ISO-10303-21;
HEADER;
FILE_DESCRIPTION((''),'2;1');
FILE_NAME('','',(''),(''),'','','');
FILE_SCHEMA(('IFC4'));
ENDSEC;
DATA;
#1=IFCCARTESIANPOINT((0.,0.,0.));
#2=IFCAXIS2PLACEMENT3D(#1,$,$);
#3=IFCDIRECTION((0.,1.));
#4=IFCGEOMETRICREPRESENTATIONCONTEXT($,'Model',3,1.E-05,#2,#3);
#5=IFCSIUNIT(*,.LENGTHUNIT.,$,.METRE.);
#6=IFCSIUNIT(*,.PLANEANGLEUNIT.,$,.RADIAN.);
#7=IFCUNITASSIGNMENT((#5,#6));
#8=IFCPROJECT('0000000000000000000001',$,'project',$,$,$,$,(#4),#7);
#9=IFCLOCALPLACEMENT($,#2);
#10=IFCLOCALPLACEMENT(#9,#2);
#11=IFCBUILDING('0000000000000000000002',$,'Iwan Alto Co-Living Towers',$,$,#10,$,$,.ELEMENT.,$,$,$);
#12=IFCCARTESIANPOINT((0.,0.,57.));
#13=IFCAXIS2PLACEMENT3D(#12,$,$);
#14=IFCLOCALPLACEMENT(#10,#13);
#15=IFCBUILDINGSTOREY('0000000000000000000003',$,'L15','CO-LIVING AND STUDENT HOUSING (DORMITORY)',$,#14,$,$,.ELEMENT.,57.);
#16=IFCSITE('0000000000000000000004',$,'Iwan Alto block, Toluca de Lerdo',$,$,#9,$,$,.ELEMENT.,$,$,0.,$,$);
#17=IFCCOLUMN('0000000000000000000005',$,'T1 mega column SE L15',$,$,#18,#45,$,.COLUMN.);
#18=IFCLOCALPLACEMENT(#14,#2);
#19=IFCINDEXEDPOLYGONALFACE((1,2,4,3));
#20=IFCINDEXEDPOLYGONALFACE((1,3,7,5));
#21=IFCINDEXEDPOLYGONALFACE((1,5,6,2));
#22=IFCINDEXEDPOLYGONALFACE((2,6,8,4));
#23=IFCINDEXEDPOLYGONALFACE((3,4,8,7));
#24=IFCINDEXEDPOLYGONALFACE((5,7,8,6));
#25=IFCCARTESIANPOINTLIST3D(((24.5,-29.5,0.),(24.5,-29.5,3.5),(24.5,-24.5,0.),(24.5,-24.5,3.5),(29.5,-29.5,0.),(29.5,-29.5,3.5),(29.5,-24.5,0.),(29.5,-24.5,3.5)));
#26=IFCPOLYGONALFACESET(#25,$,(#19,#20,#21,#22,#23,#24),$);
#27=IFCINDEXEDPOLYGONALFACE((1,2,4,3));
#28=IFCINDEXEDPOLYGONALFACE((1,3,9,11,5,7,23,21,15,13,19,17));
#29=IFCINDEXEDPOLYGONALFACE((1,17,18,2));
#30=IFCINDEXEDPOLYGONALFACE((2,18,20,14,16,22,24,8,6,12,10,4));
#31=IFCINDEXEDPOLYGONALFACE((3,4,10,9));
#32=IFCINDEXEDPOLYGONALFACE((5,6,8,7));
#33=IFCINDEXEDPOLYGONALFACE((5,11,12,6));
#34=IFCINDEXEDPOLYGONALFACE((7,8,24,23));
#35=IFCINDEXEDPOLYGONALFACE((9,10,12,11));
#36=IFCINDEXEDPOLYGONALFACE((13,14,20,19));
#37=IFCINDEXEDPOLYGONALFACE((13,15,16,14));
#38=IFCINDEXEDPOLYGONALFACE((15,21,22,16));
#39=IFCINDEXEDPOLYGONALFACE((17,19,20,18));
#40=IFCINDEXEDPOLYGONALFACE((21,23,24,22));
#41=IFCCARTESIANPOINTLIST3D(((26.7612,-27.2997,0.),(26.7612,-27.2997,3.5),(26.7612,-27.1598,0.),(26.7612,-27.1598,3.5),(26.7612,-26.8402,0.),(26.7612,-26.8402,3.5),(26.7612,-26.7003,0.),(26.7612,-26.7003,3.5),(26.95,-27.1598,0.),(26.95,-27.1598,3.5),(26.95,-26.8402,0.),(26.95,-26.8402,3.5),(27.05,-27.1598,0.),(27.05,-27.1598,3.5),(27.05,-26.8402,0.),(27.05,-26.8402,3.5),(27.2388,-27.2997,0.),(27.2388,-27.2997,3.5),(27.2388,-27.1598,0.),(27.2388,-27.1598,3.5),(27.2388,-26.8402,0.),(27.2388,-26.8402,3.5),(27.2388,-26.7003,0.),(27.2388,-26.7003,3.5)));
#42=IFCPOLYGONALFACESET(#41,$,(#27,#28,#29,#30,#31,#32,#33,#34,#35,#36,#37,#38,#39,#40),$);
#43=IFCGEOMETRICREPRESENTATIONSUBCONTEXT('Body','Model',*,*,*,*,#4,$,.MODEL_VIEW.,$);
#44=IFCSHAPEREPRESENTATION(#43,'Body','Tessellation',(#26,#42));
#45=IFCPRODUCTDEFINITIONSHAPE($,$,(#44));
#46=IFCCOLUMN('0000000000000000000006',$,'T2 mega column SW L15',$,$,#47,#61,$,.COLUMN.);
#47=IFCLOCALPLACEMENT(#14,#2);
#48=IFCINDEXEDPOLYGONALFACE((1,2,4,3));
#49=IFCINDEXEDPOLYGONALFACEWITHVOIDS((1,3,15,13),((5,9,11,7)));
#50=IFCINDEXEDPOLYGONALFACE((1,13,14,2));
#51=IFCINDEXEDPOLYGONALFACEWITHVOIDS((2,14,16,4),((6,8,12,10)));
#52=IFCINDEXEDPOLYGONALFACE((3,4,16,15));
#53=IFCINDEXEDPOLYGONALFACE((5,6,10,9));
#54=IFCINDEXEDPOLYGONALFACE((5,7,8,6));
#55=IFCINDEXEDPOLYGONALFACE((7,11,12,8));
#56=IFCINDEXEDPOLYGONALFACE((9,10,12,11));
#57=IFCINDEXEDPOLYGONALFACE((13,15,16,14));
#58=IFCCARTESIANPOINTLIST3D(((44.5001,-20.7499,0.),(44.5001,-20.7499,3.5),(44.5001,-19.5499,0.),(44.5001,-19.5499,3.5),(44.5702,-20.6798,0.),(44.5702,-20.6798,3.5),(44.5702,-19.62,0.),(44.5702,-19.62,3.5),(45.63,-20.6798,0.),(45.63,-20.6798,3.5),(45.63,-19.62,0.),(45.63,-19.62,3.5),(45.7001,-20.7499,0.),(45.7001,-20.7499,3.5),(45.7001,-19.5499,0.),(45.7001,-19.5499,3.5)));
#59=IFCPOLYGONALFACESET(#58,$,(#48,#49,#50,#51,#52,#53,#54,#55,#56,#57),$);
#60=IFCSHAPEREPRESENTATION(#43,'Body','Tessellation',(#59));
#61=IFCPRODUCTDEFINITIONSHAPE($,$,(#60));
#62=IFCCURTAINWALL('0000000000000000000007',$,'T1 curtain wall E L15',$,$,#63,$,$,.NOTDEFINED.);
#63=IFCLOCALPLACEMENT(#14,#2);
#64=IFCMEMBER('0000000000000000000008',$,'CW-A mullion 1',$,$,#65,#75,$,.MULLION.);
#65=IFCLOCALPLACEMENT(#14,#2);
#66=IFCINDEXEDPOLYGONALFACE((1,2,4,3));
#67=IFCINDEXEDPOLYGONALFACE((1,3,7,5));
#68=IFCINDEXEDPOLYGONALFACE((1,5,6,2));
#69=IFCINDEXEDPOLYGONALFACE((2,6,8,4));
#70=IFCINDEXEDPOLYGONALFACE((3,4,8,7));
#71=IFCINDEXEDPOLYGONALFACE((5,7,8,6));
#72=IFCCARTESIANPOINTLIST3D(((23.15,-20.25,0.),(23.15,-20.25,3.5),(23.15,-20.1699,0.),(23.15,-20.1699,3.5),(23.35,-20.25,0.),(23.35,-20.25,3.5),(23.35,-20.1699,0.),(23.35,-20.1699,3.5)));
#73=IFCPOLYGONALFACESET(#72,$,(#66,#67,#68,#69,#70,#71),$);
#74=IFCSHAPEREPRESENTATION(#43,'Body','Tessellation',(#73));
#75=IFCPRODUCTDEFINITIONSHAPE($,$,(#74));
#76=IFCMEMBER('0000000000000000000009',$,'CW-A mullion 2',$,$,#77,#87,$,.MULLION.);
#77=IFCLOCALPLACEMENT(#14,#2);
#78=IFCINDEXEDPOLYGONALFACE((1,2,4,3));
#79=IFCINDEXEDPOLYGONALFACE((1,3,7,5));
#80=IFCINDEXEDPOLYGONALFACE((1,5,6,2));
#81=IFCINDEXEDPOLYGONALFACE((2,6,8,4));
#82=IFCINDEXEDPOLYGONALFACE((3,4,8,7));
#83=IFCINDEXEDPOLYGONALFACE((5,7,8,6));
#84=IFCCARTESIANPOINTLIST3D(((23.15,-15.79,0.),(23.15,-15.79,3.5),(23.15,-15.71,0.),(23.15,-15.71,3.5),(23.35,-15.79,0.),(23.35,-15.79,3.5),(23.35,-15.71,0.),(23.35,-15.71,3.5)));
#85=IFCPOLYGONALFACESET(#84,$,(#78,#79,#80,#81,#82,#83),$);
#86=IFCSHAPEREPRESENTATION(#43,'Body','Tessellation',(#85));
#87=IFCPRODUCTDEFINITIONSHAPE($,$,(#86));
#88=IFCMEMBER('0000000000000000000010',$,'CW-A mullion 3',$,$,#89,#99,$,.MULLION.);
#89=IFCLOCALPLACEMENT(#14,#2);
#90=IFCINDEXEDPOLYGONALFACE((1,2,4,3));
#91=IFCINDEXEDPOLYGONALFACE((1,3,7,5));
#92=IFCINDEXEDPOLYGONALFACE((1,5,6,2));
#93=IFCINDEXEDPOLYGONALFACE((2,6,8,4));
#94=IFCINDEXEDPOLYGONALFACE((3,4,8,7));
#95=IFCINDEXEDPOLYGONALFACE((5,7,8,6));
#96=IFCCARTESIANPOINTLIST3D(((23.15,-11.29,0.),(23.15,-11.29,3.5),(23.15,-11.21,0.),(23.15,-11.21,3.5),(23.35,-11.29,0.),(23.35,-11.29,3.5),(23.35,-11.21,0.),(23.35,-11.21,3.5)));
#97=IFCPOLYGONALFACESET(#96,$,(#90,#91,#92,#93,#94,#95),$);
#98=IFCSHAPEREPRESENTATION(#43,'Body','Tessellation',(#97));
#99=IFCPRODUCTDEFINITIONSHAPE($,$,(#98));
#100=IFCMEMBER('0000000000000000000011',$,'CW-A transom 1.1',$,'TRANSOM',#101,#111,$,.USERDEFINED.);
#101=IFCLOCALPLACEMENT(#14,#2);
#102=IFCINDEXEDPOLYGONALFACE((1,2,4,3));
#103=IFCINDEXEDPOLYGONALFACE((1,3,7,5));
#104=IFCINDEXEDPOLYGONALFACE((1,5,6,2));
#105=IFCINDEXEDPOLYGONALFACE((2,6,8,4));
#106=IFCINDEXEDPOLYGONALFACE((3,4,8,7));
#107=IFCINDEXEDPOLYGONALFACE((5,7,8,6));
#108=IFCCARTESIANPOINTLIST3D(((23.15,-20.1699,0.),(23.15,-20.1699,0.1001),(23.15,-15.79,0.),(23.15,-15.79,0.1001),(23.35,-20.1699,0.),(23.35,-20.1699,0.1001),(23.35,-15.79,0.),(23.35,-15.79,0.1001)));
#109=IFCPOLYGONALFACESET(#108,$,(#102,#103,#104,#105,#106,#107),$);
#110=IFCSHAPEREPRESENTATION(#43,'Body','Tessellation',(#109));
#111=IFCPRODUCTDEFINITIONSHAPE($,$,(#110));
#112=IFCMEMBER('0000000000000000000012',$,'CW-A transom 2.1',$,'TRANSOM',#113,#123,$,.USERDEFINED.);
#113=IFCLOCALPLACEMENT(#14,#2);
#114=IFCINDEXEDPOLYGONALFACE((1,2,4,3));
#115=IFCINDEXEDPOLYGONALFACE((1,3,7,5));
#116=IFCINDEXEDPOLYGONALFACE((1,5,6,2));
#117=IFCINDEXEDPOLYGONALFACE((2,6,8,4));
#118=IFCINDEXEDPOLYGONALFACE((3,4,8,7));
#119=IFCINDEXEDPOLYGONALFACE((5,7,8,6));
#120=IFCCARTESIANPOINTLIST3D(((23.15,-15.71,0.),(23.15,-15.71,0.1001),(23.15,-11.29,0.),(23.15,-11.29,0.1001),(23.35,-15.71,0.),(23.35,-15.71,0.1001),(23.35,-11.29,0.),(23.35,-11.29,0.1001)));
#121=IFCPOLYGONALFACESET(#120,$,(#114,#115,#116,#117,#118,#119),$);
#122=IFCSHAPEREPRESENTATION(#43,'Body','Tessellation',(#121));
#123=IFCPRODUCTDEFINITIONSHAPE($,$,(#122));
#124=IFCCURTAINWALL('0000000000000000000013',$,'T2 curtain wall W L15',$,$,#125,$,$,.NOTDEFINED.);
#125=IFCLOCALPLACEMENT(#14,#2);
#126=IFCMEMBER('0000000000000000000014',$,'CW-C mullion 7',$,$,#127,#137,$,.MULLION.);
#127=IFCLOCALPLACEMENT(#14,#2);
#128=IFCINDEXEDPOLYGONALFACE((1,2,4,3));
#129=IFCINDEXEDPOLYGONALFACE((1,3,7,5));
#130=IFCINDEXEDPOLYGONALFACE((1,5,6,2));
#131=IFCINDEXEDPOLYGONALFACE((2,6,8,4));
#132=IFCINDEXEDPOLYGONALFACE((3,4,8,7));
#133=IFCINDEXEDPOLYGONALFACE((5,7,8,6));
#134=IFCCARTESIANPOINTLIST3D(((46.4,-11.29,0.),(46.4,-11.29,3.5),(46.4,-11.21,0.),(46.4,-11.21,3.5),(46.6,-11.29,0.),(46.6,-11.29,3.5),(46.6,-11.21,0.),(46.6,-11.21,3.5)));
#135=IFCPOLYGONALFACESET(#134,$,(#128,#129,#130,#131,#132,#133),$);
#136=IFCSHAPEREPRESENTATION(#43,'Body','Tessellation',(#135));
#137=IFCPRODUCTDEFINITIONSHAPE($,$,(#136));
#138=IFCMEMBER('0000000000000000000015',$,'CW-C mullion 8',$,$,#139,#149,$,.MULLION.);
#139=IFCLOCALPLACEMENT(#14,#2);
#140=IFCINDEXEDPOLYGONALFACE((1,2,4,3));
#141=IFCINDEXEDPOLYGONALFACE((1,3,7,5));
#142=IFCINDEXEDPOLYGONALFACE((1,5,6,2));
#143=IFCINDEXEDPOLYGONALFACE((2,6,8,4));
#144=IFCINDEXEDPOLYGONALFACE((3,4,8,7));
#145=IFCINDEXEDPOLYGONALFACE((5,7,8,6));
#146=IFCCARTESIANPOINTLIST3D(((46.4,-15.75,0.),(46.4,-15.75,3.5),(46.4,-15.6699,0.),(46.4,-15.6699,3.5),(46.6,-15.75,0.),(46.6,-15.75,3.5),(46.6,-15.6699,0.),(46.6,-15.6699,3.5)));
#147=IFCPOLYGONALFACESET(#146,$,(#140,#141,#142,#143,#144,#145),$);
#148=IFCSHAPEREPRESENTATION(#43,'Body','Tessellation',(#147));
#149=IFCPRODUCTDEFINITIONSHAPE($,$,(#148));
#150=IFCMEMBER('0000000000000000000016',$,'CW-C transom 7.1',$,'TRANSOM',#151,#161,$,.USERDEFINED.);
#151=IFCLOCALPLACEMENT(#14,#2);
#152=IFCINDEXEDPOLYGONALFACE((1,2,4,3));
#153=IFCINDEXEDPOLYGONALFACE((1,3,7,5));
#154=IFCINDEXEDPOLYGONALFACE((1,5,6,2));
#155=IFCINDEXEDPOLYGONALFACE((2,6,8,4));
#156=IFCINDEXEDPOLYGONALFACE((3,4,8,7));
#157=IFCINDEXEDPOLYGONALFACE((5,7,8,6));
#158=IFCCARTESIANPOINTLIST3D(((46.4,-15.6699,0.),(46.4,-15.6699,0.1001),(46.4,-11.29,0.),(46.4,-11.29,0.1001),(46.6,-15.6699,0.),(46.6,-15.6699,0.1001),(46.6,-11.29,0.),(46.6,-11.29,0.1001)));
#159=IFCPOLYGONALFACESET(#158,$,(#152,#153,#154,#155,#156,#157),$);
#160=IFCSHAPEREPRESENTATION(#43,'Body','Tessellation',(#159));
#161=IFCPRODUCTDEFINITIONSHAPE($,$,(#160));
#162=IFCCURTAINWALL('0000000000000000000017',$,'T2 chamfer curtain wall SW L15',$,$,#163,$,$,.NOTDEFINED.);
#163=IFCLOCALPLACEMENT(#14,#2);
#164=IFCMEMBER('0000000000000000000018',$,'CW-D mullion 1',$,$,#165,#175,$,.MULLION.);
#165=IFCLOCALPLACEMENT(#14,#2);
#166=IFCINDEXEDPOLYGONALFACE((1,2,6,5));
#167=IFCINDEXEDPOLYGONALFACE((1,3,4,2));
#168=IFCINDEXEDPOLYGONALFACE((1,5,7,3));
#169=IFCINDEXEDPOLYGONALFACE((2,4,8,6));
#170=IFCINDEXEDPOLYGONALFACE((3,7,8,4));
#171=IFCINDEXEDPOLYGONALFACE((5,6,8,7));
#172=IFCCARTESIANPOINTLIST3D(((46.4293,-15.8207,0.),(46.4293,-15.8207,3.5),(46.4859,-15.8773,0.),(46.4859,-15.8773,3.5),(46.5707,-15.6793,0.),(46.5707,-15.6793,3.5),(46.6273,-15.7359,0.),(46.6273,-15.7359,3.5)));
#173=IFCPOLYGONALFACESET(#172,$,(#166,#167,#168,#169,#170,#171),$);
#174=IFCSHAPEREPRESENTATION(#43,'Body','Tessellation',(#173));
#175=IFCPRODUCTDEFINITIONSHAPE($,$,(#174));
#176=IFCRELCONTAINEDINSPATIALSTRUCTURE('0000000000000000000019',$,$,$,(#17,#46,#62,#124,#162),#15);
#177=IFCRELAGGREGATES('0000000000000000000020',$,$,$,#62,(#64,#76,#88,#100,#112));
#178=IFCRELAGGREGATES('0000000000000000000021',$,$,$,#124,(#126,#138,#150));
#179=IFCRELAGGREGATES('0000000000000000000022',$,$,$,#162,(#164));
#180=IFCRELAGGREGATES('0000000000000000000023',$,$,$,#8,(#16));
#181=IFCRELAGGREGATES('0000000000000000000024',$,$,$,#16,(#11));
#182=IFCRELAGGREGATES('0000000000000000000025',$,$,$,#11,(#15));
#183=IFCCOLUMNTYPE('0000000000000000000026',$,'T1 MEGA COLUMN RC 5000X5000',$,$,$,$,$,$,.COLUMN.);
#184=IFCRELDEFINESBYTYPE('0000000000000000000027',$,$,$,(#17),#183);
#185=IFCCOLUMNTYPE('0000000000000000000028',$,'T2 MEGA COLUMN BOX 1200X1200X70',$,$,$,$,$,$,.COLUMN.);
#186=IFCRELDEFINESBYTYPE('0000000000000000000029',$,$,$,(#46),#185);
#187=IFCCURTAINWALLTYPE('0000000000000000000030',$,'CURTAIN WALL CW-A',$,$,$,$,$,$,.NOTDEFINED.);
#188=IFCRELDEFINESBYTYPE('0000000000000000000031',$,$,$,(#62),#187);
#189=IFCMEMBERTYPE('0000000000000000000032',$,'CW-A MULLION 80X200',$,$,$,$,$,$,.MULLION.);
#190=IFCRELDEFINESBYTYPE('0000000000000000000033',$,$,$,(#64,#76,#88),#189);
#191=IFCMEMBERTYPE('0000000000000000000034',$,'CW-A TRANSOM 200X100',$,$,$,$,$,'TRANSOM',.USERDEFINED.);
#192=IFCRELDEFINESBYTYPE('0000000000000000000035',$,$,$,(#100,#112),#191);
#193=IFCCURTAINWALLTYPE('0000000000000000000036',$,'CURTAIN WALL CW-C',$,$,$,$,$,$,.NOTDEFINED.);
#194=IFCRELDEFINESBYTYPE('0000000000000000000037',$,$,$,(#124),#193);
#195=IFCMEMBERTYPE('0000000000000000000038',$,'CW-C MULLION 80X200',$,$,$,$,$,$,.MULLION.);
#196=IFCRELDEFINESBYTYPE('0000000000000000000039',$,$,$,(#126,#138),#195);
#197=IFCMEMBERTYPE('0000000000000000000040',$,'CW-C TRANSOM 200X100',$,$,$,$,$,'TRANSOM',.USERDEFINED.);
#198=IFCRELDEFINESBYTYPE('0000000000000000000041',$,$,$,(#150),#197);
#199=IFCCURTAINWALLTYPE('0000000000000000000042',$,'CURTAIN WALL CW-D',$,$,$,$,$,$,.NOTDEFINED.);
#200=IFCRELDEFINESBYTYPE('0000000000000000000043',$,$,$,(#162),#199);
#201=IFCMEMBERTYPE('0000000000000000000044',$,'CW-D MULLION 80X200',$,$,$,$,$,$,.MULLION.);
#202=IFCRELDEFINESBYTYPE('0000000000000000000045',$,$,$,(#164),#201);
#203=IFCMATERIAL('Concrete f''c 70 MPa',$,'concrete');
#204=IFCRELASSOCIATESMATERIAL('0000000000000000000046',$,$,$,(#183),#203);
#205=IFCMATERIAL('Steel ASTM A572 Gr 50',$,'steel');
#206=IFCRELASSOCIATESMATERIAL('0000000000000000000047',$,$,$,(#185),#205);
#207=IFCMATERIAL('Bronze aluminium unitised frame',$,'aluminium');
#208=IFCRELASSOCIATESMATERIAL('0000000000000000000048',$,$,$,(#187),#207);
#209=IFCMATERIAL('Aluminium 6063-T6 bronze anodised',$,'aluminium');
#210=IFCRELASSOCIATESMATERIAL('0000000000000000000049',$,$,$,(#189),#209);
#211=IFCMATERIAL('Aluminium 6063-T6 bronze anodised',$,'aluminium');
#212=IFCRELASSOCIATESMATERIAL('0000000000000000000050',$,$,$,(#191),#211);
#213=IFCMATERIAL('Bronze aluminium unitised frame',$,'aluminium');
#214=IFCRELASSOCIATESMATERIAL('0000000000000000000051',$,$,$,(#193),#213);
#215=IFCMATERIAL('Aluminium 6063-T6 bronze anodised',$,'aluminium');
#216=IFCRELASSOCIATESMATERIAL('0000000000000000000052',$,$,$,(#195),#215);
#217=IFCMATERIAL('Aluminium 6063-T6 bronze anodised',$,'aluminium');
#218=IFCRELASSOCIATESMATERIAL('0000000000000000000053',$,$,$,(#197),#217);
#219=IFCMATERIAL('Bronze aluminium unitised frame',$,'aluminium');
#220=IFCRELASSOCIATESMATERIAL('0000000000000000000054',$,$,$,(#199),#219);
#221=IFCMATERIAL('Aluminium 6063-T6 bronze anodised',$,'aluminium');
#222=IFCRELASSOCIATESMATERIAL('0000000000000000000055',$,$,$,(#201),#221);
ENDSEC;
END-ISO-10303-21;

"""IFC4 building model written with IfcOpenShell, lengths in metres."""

from ifc_helpers import new_model, si_unit, direction, frame, origin, origin_2d, place, context, subcontext, project, spatial, rectangle, hollow_rectangle, i_section, extrude, material, material_profile, profile_set, type_object, element, aggregate, save


model = new_model("IFC4")

# Units and contexts
model_context = context("Model", 3, precision=1e-05, world=origin(), true_north=direction((0.0, 1.0)))
body_context = subcontext(model_context, "Body", "Model", "MODEL_VIEW")
ifc_project = project(units=[si_unit("LENGTHUNIT", "METRE"), si_unit("PLANEANGLEUNIT", "RADIAN")], contexts=[model_context])

# Site, building, storey
site_placement = place(None, origin())
site = spatial("IfcSite", under=ifc_project, at=site_placement, Name="Iwan Alto block, Toluca de Lerdo", CompositionType="ELEMENT", RefElevation=0.0)
building_placement = place(site_placement, origin())
building = spatial("IfcBuilding", under=site, at=building_placement, Name="Iwan Alto Co-Living Towers", CompositionType="ELEMENT")
storey_placement = place(building_placement, frame((0.0, 0.0, 57.0)))
storey = spatial("IfcBuildingStorey", under=building, at=storey_placement, Name="L15", Description="CO-LIVING AND STUDENT HOUSING (DORMITORY)", CompositionType="ELEMENT", Elevation=57.0)

# Columns
ifc_material_1 = material(Name="Concrete f'c 70 MPa", Category="concrete")
ifc_material_profile_1 = material_profile(ifc_material_1, rectangle(XDim=5.0, YDim=5.0, at=origin_2d()), Name="RC 5000X5000")
ifc_profile_set_1 = profile_set([ifc_material_profile_1], Name="Concrete f'c 70 MPa")
column_type_1 = type_object("IfcColumnType", Name="T1 MEGA COLUMN RC 5000X5000", PredefinedType="COLUMN", material=ifc_profile_set_1)
column_1_placement = place(storey_placement, frame((27.0, -27.0, 0.0), z_axis=(0.0, 0.0, 1.0), x_axis=(1.0, 0.0, 0.0)))
element("IfcColumn", 1, at=column_1_placement, inside=storey, type_object=column_type_1, Name="T1 mega column SE L15", PredefinedType="COLUMN", context=body_context, shape_type="SweptSolid", body=[
    extrude(rectangle(XDim=5.0, YDim=5.0, at=origin_2d()), origin(), (0.0, 0.0, 1.0), 3.5),
    extrude(i_section(OverallWidth=0.4775, OverallDepth=0.5994, WebThickness=0.1001, FlangeThickness=0.1399, at=origin_2d()), origin(), (0.0, 0.0, 1.0), 3.5),
])
ifc_material_2 = material(Name="Steel ASTM A572 Gr 50", Category="steel")
ifc_material_profile_2 = material_profile(ifc_material_2, hollow_rectangle(XDim=1.2, YDim=1.2, WallThickness=0.0701, at=origin_2d()), Name="BOX 1200X1200X70")
ifc_profile_set_2 = profile_set([ifc_material_profile_2], Name="Steel ASTM A572 Gr 50")
column_type_2 = type_object("IfcColumnType", Name="T2 MEGA COLUMN BOX 1200X1200X70", PredefinedType="COLUMN", material=ifc_profile_set_2)
column_2_placement = place(storey_placement, frame((45.1001, -20.1499, 0.0), z_axis=(0.0, 0.0, 1.0), x_axis=(1.0, 0.0, 0.0)))
element("IfcColumn", 2, at=column_2_placement, inside=storey, type_object=column_type_2, Name="T2 mega column SW L15", PredefinedType="COLUMN", context=body_context, shape_type="SweptSolid", body=[
    extrude(hollow_rectangle(XDim=1.2, YDim=1.2, WallThickness=0.0701, at=origin_2d()), origin(), (0.0, 0.0, 1.0), 3.5),
])

# Curtain walls, members
ifc_material_3 = material(Name="Bronze aluminium unitised frame", Category="aluminium")
curtain_wall_type_1 = type_object("IfcCurtainWallType", Name="CURTAIN WALL CW-A", PredefinedType="NOTDEFINED", material=ifc_material_3)
curtain_wall_1_placement = place(storey_placement, origin())
curtain_wall_1 = element("IfcCurtainWall", 3, at=curtain_wall_1_placement, inside=storey, type_object=curtain_wall_type_1, Name="T1 curtain wall E L15", PredefinedType="NOTDEFINED")
ifc_material_4 = material(Name="Aluminium 6063-T6 bronze anodised", Category="aluminium")
ifc_material_profile_3 = material_profile(ifc_material_4, rectangle(XDim=0.2, YDim=0.0801, at=origin_2d()), Name="AL 80X200")
ifc_profile_set_3 = profile_set([ifc_material_profile_3], Name="Aluminium 6063-T6 bronze anodised")
member_type_1 = type_object("IfcMemberType", Name="CW-A MULLION 80X200", PredefinedType="MULLION", material=ifc_profile_set_3)
member_1_placement = place(storey_placement, frame((23.25, -20.21, 0.0), z_axis=(0.0, 0.0, 1.0), x_axis=(-1.0, 0.0, 0.0)))
member_1 = element("IfcMember", 4, at=member_1_placement, type_object=member_type_1, Name="CW-A mullion 1", PredefinedType="MULLION", context=body_context, shape_type="SweptSolid", body=[
    extrude(rectangle(XDim=0.2, YDim=0.0801, at=origin_2d()), origin(), (0.0, 0.0, 1.0), 3.5),
])
member_2_placement = place(storey_placement, frame((23.25, -15.75, 0.0), z_axis=(0.0, 0.0, 1.0), x_axis=(-1.0, 0.0, 0.0)))
member_2 = element("IfcMember", 5, at=member_2_placement, type_object=member_type_1, Name="CW-A mullion 2", PredefinedType="MULLION", context=body_context, shape_type="SweptSolid", body=[
    extrude(rectangle(XDim=0.2, YDim=0.0801, at=origin_2d()), origin(), (0.0, 0.0, 1.0), 3.5),
])
member_3_placement = place(storey_placement, frame((23.25, -11.25, 0.0), z_axis=(0.0, 0.0, 1.0), x_axis=(-1.0, 0.0, 0.0)))
member_3 = element("IfcMember", 6, at=member_3_placement, type_object=member_type_1, Name="CW-A mullion 3", PredefinedType="MULLION", context=body_context, shape_type="SweptSolid", body=[
    extrude(rectangle(XDim=0.2, YDim=0.0801, at=origin_2d()), origin(), (0.0, 0.0, 1.0), 3.5),
])
ifc_material_5 = material(Name="Aluminium 6063-T6 bronze anodised", Category="aluminium")
ifc_material_profile_4 = material_profile(ifc_material_5, rectangle(XDim=0.2, YDim=0.1001, at=origin_2d()), Name="AL 200X100")
ifc_profile_set_4 = profile_set([ifc_material_profile_4], Name="Aluminium 6063-T6 bronze anodised")
member_type_2 = type_object("IfcMemberType", Name="CW-A TRANSOM 200X100", ElementType="TRANSOM", PredefinedType="USERDEFINED", material=ifc_profile_set_4)
member_4_placement = place(storey_placement, frame((23.25, -20.1699, 0.05), z_axis=(0.0, 1.0, 0.0), x_axis=(-1.0, 0.0, 0.0)))
member_4 = element("IfcMember", 7, at=member_4_placement, type_object=member_type_2, Name="CW-A transom 1.1", ObjectType="TRANSOM", PredefinedType="USERDEFINED", context=body_context, shape_type="SweptSolid", body=[
    extrude(rectangle(XDim=0.2, YDim=0.1001, at=origin_2d()), origin(), (0.0, 0.0, 1.0), 4.3799),
])
member_5_placement = place(storey_placement, frame((23.25, -15.71, 0.05), z_axis=(0.0, 1.0, 0.0), x_axis=(-1.0, 0.0, 0.0)))
member_5 = element("IfcMember", 8, at=member_5_placement, type_object=member_type_2, Name="CW-A transom 2.1", ObjectType="TRANSOM", PredefinedType="USERDEFINED", context=body_context, shape_type="SweptSolid", body=[
    extrude(rectangle(XDim=0.2, YDim=0.1001, at=origin_2d()), origin(), (0.0, 0.0, 1.0), 4.4199),
])
ifc_material_6 = material(Name="Bronze aluminium unitised frame", Category="aluminium")
curtain_wall_type_2 = type_object("IfcCurtainWallType", Name="CURTAIN WALL CW-C", PredefinedType="NOTDEFINED", material=ifc_material_6)
curtain_wall_2_placement = place(storey_placement, origin())
curtain_wall_2 = element("IfcCurtainWall", 9, at=curtain_wall_2_placement, inside=storey, type_object=curtain_wall_type_2, Name="T2 curtain wall W L15", PredefinedType="NOTDEFINED")
ifc_material_7 = material(Name="Aluminium 6063-T6 bronze anodised", Category="aluminium")
ifc_material_profile_5 = material_profile(ifc_material_7, rectangle(XDim=0.2, YDim=0.0801, at=origin_2d()), Name="AL 80X200")
ifc_profile_set_5 = profile_set([ifc_material_profile_5], Name="Aluminium 6063-T6 bronze anodised")
member_type_3 = type_object("IfcMemberType", Name="CW-C MULLION 80X200", PredefinedType="MULLION", material=ifc_profile_set_5)
member_6_placement = place(storey_placement, frame((46.5, -11.25, 0.0), z_axis=(0.0, 0.0, 1.0), x_axis=(1.0, 0.0, 0.0)))
member_6 = element("IfcMember", 10, at=member_6_placement, type_object=member_type_3, Name="CW-C mullion 7", PredefinedType="MULLION", context=body_context, shape_type="SweptSolid", body=[
    extrude(rectangle(XDim=0.2, YDim=0.0801, at=origin_2d()), origin(), (0.0, 0.0, 1.0), 3.5),
])
member_7_placement = place(storey_placement, frame((46.5, -15.71, 0.0), z_axis=(0.0, 0.0, 1.0), x_axis=(1.0, 0.0, 0.0)))
member_7 = element("IfcMember", 11, at=member_7_placement, type_object=member_type_3, Name="CW-C mullion 8", PredefinedType="MULLION", context=body_context, shape_type="SweptSolid", body=[
    extrude(rectangle(XDim=0.2, YDim=0.0801, at=origin_2d()), origin(), (0.0, 0.0, 1.0), 3.5),
])
ifc_material_8 = material(Name="Aluminium 6063-T6 bronze anodised", Category="aluminium")
ifc_material_profile_6 = material_profile(ifc_material_8, rectangle(XDim=0.2, YDim=0.1001, at=origin_2d()), Name="AL 200X100")
ifc_profile_set_6 = profile_set([ifc_material_profile_6], Name="Aluminium 6063-T6 bronze anodised")
member_type_4 = type_object("IfcMemberType", Name="CW-C TRANSOM 200X100", ElementType="TRANSOM", PredefinedType="USERDEFINED", material=ifc_profile_set_6)
member_8_placement = place(storey_placement, frame((46.5, -11.29, 0.05), z_axis=(0.0, -1.0, 0.0), x_axis=(1.0, 0.0, 0.0)))
member_8 = element("IfcMember", 12, at=member_8_placement, type_object=member_type_4, Name="CW-C transom 7.1", ObjectType="TRANSOM", PredefinedType="USERDEFINED", context=body_context, shape_type="SweptSolid", body=[
    extrude(rectangle(XDim=0.2, YDim=0.1001, at=origin_2d()), origin(), (0.0, 0.0, 1.0), 4.3799),
])
ifc_material_9 = material(Name="Bronze aluminium unitised frame", Category="aluminium")
curtain_wall_type_3 = type_object("IfcCurtainWallType", Name="CURTAIN WALL CW-D", PredefinedType="NOTDEFINED", material=ifc_material_9)
curtain_wall_3_placement = place(storey_placement, origin())
curtain_wall_3 = element("IfcCurtainWall", 13, at=curtain_wall_3_placement, inside=storey, type_object=curtain_wall_type_3, Name="T2 chamfer curtain wall SW L15", PredefinedType="NOTDEFINED")
ifc_material_10 = material(Name="Aluminium 6063-T6 bronze anodised", Category="aluminium")
ifc_material_profile_7 = material_profile(ifc_material_10, rectangle(XDim=0.2, YDim=0.0801, at=origin_2d()), Name="AL 80X200")
ifc_profile_set_7 = profile_set([ifc_material_profile_7], Name="Aluminium 6063-T6 bronze anodised")
member_type_5 = type_object("IfcMemberType", Name="CW-D MULLION 80X200", PredefinedType="MULLION", material=ifc_profile_set_7)
member_9_placement = place(storey_placement, frame((46.5283, -15.7783, 0.0), z_axis=(0.0, 0.0, 1.0), x_axis=(0.707107, 0.707107, 0.0)))
member_9 = element("IfcMember", 14, at=member_9_placement, type_object=member_type_5, Name="CW-D mullion 1", PredefinedType="MULLION", context=body_context, shape_type="SweptSolid", body=[
    extrude(rectangle(XDim=0.2, YDim=0.0801, at=origin_2d()), origin(), (0.0, 0.0, 1.0), 3.5),
])

aggregate(curtain_wall_1, [member_1, member_2, member_3, member_4, member_5])
aggregate(curtain_wall_2, [member_6, member_7, member_8])
aggregate(curtain_wall_3, [member_9])

save(model, "model.ifc")
